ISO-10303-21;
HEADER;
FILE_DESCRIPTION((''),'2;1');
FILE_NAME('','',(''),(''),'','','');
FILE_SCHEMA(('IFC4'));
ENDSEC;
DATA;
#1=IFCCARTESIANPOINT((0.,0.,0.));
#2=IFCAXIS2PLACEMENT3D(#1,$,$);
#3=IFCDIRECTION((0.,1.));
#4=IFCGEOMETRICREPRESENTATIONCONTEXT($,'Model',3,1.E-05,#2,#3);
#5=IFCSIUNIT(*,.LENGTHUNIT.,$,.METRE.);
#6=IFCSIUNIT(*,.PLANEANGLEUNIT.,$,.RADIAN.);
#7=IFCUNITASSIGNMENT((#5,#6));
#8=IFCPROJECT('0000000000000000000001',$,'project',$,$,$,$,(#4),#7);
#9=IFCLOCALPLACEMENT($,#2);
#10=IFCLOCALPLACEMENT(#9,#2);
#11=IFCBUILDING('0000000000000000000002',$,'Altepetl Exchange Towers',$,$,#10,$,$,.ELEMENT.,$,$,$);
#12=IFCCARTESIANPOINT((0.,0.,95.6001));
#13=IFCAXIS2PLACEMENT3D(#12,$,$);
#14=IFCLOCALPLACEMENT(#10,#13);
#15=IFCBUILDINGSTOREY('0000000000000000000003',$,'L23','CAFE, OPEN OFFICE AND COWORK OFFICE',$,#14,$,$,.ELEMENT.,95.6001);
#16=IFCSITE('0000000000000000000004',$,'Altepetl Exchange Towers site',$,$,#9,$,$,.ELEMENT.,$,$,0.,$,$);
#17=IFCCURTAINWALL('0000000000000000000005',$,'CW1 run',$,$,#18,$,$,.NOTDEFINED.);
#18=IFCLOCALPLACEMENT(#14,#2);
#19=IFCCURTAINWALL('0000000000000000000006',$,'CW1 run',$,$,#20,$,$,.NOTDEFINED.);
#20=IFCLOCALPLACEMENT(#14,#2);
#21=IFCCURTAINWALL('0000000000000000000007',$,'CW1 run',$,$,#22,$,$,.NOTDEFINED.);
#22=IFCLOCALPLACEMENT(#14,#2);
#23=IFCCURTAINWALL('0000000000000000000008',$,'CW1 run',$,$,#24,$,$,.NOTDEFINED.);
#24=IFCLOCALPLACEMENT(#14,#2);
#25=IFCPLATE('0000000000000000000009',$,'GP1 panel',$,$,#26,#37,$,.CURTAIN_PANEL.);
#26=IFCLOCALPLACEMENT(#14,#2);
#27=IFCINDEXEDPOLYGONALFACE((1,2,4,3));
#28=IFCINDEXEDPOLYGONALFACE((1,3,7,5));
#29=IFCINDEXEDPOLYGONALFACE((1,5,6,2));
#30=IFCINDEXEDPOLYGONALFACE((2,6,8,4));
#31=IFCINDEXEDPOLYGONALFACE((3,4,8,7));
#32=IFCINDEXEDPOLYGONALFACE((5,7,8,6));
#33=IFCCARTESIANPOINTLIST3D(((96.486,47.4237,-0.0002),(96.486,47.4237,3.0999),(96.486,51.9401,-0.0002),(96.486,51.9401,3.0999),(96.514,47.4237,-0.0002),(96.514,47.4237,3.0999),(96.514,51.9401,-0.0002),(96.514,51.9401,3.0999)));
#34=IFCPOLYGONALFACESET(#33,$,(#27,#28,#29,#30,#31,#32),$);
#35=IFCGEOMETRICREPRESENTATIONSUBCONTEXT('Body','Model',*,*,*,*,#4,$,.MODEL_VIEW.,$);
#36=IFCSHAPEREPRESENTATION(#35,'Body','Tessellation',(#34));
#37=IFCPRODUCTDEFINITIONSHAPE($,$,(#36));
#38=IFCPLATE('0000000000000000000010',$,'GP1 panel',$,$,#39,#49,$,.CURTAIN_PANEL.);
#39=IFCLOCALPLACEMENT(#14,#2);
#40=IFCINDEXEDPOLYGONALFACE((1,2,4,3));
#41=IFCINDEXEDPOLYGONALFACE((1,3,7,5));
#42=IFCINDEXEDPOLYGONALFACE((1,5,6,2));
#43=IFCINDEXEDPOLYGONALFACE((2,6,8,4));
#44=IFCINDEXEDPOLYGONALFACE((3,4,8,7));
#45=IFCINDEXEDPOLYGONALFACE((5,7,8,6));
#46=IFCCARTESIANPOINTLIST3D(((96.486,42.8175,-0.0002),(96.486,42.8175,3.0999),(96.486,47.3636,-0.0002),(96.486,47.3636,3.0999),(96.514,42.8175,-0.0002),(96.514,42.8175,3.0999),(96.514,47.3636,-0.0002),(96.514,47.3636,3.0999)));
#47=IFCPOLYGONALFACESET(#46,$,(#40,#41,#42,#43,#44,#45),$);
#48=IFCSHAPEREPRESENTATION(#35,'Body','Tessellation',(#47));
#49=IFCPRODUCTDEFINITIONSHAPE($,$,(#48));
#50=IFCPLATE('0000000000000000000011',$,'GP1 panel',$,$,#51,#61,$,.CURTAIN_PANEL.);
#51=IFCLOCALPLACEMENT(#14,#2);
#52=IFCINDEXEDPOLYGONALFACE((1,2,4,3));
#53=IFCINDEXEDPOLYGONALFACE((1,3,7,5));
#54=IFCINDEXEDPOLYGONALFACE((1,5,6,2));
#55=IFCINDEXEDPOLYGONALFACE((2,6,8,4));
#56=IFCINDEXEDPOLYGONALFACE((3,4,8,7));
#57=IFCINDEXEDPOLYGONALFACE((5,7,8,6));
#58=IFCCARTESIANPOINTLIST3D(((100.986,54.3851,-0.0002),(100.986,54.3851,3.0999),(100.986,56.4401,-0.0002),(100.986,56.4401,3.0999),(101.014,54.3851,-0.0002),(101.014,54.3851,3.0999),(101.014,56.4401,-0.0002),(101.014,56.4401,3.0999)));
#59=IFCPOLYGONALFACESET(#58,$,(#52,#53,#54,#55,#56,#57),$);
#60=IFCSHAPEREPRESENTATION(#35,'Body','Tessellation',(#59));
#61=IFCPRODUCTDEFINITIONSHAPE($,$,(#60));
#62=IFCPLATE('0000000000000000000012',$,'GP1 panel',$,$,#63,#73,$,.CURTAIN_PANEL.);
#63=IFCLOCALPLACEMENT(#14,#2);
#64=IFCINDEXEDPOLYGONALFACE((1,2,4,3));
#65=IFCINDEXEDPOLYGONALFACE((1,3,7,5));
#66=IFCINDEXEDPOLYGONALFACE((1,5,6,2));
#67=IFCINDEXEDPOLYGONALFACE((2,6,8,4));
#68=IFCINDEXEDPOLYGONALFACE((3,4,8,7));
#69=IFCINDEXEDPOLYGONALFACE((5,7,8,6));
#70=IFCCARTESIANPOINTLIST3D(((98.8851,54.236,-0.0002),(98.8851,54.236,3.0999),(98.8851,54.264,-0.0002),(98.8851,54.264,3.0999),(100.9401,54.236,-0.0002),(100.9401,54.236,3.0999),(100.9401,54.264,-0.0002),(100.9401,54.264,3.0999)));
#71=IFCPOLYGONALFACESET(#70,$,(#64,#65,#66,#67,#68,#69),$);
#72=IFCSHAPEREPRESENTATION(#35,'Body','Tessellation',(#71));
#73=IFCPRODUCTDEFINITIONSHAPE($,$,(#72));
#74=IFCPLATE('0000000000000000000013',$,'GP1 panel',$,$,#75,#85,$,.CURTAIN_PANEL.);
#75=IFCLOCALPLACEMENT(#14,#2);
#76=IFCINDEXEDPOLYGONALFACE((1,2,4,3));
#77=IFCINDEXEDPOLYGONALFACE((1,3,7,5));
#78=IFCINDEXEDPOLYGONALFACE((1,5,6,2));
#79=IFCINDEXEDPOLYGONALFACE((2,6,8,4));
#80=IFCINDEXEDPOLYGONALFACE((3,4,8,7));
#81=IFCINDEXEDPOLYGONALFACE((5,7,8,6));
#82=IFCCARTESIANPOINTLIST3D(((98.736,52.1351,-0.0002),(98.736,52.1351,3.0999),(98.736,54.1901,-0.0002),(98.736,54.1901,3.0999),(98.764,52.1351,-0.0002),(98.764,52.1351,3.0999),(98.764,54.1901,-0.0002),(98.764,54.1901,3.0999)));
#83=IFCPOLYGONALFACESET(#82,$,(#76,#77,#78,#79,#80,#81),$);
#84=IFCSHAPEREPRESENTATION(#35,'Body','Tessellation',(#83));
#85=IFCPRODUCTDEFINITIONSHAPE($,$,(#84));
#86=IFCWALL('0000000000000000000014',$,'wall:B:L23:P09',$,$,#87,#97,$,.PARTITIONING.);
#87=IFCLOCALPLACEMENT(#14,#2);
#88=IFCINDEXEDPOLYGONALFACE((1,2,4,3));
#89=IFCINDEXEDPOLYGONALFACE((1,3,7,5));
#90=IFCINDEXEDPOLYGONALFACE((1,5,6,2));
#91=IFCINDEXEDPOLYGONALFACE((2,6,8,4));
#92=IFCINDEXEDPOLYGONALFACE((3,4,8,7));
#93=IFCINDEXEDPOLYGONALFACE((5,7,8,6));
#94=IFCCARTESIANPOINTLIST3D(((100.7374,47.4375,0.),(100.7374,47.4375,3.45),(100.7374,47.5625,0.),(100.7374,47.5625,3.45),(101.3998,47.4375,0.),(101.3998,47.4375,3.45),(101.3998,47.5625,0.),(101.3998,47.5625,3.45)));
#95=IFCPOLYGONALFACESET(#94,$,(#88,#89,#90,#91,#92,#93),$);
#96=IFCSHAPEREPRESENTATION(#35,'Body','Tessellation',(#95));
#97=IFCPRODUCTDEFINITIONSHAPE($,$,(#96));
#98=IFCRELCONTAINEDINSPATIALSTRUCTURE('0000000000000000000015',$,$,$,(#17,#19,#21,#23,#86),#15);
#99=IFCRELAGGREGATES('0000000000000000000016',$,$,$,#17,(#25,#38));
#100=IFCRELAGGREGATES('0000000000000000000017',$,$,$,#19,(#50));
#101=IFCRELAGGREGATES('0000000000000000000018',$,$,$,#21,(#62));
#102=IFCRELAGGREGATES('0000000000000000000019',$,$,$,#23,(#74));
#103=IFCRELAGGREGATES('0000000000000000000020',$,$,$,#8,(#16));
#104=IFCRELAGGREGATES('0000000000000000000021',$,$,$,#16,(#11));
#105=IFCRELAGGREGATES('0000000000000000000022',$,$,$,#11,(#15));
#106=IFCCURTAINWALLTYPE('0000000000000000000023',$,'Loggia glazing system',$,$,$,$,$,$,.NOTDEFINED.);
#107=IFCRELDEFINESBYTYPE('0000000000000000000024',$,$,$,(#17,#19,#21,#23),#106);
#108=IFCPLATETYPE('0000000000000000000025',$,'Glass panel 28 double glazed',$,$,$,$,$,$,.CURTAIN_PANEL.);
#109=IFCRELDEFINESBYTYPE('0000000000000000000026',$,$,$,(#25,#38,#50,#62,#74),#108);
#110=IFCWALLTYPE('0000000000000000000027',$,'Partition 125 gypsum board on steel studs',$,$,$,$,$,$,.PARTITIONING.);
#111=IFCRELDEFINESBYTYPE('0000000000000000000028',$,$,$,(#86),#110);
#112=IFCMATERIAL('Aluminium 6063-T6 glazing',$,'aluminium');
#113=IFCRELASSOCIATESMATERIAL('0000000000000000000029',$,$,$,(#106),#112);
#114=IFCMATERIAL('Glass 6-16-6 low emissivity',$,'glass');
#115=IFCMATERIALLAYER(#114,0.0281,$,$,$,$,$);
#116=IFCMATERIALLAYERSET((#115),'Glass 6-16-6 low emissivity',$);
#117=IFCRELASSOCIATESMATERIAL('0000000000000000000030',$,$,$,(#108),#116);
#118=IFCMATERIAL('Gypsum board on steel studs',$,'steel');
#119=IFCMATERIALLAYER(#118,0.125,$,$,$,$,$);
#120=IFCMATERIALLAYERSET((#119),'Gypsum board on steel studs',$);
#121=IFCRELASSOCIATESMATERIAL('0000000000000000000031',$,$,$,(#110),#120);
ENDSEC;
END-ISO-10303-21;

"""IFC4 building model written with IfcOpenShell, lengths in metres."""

from ifc_helpers import new_model, si_unit, direction, frame, frame_2d, origin, origin_2d, place, context, subcontext, project, spatial, rectangle, extrude, material, layer, layer_set, type_object, element, aggregate, save


model = new_model("IFC4")

# Units and contexts
model_context = context("Model", 3, precision=1e-05, world=origin(), true_north=direction((0.0, 1.0)))
body_context = subcontext(model_context, "Body", "Model", "MODEL_VIEW")
ifc_project = project(units=[si_unit("LENGTHUNIT", "METRE"), si_unit("PLANEANGLEUNIT", "RADIAN")], contexts=[model_context])

# Site, building, storey
site_placement = place(None, origin())
site = spatial("IfcSite", under=ifc_project, at=site_placement, Name="Altepetl Exchange Towers site", CompositionType="ELEMENT", RefElevation=0.0)
building_placement = place(site_placement, origin())
building = spatial("IfcBuilding", under=site, at=building_placement, Name="Altepetl Exchange Towers", CompositionType="ELEMENT")
storey_placement = place(building_placement, frame((0.0, 0.0, 95.6001)))
storey = spatial("IfcBuildingStorey", under=building, at=storey_placement, Name="L23", Description="CAFE, OPEN OFFICE AND COWORK OFFICE", CompositionType="ELEMENT", Elevation=95.6001)

# Curtain wall
ifc_material_1 = material(Name="Aluminium 6063-T6 glazing", Category="aluminium")
curtain_wall_type = type_object("IfcCurtainWallType", Name="Loggia glazing system", PredefinedType="NOTDEFINED", material=ifc_material_1)
curtain_wall_1_placement = place(storey_placement, origin())
curtain_wall_1 = element("IfcCurtainWall", 1, at=curtain_wall_1_placement, inside=storey, type_object=curtain_wall_type, Name="CW1 run", PredefinedType="NOTDEFINED")

# Curtain walls
curtain_wall_2_placement = place(storey_placement, origin())
curtain_wall_2 = element("IfcCurtainWall", 2, at=curtain_wall_2_placement, inside=storey, type_object=curtain_wall_type, Name="CW1 run", PredefinedType="NOTDEFINED")
curtain_wall_3_placement = place(storey_placement, origin())
curtain_wall_3 = element("IfcCurtainWall", 3, at=curtain_wall_3_placement, inside=storey, type_object=curtain_wall_type, Name="CW1 run", PredefinedType="NOTDEFINED")
curtain_wall_4_placement = place(storey_placement, origin())
curtain_wall_4 = element("IfcCurtainWall", 4, at=curtain_wall_4_placement, inside=storey, type_object=curtain_wall_type, Name="CW1 run", PredefinedType="NOTDEFINED")

# Plates
ifc_material_2 = material(Name="Glass 6-16-6 low emissivity", Category="glass")
ifc_layer_1 = layer(ifc_material_2, 0.0281)
ifc_layer_set_1 = layer_set([ifc_layer_1], Name="Glass 6-16-6 low emissivity")
plate_type = type_object("IfcPlateType", Name="Glass panel 28 double glazed", PredefinedType="CURTAIN_PANEL", material=ifc_layer_set_1)
plate_1_placement = place(storey_placement, frame((96.5, 49.6819, -0.0002), z_axis=(0.0, 0.0, 1.0), x_axis=(0.0, -1.0, 0.0)))
plate_1 = element("IfcPlate", 5, at=plate_1_placement, type_object=plate_type, Name="GP1 panel", PredefinedType="CURTAIN_PANEL", context=body_context, shape_type="SweptSolid", body=[
    extrude(rectangle(XDim=4.5164, YDim=0.0281, at=origin_2d()), origin(), (0.0, 0.0, 1.0), 3.1001),
])
plate_2_placement = place(storey_placement, frame((96.5, 45.0906, -0.0002), z_axis=(0.0, 0.0, 1.0), x_axis=(0.0, -1.0, 0.0)))
plate_2 = element("IfcPlate", 6, at=plate_2_placement, type_object=plate_type, Name="GP1 panel", PredefinedType="CURTAIN_PANEL", context=body_context, shape_type="SweptSolid", body=[
    extrude(rectangle(XDim=4.5461, YDim=0.0281, at=origin_2d()), origin(), (0.0, 0.0, 1.0), 3.1001),
])
aggregate(curtain_wall_1, [plate_1, plate_2])
plate_3_placement = place(storey_placement, frame((101.0, 55.4126, -0.0002), z_axis=(0.0, 0.0, 1.0), x_axis=(0.0, -1.0, 0.0)))
plate_3 = element("IfcPlate", 7, at=plate_3_placement, type_object=plate_type, Name="GP1 panel", PredefinedType="CURTAIN_PANEL", context=body_context, shape_type="SweptSolid", body=[
    extrude(rectangle(XDim=2.0549, YDim=0.0281, at=origin_2d()), origin(), (0.0, 0.0, 1.0), 3.1001),
])
aggregate(curtain_wall_2, [plate_3])
plate_4_placement = place(storey_placement, frame((99.9126, 54.25, -0.0002), z_axis=(0.0, 0.0, 1.0), x_axis=(-1.0, 0.0, 0.0)))
plate_4 = element("IfcPlate", 8, at=plate_4_placement, type_object=plate_type, Name="GP1 panel", PredefinedType="CURTAIN_PANEL", context=body_context, shape_type="SweptSolid", body=[
    extrude(rectangle(XDim=2.0549, YDim=0.0281, at=origin_2d()), origin(), (0.0, 0.0, 1.0), 3.1001),
])
aggregate(curtain_wall_3, [plate_4])
plate_5_placement = place(storey_placement, frame((98.75, 53.1626, -0.0002), z_axis=(0.0, 0.0, 1.0), x_axis=(0.0, -1.0, 0.0)))
plate_5 = element("IfcPlate", 9, at=plate_5_placement, type_object=plate_type, Name="GP1 panel", PredefinedType="CURTAIN_PANEL", context=body_context, shape_type="SweptSolid", body=[
    extrude(rectangle(XDim=2.0549, YDim=0.0281, at=origin_2d()), origin(), (0.0, 0.0, 1.0), 3.1001),
])
aggregate(curtain_wall_4, [plate_5])

# Wall
ifc_material_3 = material(Name="Gypsum board on steel studs", Category="steel")
ifc_layer_2 = layer(ifc_material_3, 0.125)
ifc_layer_set_2 = layer_set([ifc_layer_2], Name="Gypsum board on steel studs")
wall_type = type_object("IfcWallType", Name="Partition 125 gypsum board on steel studs", PredefinedType="PARTITIONING", material=ifc_layer_set_2)
wall_placement = place(storey_placement, frame((100.7375, 47.5, 0.0)))
element("IfcWall", 10, at=wall_placement, inside=storey, type_object=wall_type, Name="wall:B:L23:P09", PredefinedType="PARTITIONING", context=body_context, shape_type="SweptSolid", body=[
    extrude(rectangle(XDim=0.6624, YDim=0.125, at=frame_2d((0.3311, 0.0))), origin(), (0.0, 0.0, 1.0), 3.45),
])

save(model, "model.ifc")
